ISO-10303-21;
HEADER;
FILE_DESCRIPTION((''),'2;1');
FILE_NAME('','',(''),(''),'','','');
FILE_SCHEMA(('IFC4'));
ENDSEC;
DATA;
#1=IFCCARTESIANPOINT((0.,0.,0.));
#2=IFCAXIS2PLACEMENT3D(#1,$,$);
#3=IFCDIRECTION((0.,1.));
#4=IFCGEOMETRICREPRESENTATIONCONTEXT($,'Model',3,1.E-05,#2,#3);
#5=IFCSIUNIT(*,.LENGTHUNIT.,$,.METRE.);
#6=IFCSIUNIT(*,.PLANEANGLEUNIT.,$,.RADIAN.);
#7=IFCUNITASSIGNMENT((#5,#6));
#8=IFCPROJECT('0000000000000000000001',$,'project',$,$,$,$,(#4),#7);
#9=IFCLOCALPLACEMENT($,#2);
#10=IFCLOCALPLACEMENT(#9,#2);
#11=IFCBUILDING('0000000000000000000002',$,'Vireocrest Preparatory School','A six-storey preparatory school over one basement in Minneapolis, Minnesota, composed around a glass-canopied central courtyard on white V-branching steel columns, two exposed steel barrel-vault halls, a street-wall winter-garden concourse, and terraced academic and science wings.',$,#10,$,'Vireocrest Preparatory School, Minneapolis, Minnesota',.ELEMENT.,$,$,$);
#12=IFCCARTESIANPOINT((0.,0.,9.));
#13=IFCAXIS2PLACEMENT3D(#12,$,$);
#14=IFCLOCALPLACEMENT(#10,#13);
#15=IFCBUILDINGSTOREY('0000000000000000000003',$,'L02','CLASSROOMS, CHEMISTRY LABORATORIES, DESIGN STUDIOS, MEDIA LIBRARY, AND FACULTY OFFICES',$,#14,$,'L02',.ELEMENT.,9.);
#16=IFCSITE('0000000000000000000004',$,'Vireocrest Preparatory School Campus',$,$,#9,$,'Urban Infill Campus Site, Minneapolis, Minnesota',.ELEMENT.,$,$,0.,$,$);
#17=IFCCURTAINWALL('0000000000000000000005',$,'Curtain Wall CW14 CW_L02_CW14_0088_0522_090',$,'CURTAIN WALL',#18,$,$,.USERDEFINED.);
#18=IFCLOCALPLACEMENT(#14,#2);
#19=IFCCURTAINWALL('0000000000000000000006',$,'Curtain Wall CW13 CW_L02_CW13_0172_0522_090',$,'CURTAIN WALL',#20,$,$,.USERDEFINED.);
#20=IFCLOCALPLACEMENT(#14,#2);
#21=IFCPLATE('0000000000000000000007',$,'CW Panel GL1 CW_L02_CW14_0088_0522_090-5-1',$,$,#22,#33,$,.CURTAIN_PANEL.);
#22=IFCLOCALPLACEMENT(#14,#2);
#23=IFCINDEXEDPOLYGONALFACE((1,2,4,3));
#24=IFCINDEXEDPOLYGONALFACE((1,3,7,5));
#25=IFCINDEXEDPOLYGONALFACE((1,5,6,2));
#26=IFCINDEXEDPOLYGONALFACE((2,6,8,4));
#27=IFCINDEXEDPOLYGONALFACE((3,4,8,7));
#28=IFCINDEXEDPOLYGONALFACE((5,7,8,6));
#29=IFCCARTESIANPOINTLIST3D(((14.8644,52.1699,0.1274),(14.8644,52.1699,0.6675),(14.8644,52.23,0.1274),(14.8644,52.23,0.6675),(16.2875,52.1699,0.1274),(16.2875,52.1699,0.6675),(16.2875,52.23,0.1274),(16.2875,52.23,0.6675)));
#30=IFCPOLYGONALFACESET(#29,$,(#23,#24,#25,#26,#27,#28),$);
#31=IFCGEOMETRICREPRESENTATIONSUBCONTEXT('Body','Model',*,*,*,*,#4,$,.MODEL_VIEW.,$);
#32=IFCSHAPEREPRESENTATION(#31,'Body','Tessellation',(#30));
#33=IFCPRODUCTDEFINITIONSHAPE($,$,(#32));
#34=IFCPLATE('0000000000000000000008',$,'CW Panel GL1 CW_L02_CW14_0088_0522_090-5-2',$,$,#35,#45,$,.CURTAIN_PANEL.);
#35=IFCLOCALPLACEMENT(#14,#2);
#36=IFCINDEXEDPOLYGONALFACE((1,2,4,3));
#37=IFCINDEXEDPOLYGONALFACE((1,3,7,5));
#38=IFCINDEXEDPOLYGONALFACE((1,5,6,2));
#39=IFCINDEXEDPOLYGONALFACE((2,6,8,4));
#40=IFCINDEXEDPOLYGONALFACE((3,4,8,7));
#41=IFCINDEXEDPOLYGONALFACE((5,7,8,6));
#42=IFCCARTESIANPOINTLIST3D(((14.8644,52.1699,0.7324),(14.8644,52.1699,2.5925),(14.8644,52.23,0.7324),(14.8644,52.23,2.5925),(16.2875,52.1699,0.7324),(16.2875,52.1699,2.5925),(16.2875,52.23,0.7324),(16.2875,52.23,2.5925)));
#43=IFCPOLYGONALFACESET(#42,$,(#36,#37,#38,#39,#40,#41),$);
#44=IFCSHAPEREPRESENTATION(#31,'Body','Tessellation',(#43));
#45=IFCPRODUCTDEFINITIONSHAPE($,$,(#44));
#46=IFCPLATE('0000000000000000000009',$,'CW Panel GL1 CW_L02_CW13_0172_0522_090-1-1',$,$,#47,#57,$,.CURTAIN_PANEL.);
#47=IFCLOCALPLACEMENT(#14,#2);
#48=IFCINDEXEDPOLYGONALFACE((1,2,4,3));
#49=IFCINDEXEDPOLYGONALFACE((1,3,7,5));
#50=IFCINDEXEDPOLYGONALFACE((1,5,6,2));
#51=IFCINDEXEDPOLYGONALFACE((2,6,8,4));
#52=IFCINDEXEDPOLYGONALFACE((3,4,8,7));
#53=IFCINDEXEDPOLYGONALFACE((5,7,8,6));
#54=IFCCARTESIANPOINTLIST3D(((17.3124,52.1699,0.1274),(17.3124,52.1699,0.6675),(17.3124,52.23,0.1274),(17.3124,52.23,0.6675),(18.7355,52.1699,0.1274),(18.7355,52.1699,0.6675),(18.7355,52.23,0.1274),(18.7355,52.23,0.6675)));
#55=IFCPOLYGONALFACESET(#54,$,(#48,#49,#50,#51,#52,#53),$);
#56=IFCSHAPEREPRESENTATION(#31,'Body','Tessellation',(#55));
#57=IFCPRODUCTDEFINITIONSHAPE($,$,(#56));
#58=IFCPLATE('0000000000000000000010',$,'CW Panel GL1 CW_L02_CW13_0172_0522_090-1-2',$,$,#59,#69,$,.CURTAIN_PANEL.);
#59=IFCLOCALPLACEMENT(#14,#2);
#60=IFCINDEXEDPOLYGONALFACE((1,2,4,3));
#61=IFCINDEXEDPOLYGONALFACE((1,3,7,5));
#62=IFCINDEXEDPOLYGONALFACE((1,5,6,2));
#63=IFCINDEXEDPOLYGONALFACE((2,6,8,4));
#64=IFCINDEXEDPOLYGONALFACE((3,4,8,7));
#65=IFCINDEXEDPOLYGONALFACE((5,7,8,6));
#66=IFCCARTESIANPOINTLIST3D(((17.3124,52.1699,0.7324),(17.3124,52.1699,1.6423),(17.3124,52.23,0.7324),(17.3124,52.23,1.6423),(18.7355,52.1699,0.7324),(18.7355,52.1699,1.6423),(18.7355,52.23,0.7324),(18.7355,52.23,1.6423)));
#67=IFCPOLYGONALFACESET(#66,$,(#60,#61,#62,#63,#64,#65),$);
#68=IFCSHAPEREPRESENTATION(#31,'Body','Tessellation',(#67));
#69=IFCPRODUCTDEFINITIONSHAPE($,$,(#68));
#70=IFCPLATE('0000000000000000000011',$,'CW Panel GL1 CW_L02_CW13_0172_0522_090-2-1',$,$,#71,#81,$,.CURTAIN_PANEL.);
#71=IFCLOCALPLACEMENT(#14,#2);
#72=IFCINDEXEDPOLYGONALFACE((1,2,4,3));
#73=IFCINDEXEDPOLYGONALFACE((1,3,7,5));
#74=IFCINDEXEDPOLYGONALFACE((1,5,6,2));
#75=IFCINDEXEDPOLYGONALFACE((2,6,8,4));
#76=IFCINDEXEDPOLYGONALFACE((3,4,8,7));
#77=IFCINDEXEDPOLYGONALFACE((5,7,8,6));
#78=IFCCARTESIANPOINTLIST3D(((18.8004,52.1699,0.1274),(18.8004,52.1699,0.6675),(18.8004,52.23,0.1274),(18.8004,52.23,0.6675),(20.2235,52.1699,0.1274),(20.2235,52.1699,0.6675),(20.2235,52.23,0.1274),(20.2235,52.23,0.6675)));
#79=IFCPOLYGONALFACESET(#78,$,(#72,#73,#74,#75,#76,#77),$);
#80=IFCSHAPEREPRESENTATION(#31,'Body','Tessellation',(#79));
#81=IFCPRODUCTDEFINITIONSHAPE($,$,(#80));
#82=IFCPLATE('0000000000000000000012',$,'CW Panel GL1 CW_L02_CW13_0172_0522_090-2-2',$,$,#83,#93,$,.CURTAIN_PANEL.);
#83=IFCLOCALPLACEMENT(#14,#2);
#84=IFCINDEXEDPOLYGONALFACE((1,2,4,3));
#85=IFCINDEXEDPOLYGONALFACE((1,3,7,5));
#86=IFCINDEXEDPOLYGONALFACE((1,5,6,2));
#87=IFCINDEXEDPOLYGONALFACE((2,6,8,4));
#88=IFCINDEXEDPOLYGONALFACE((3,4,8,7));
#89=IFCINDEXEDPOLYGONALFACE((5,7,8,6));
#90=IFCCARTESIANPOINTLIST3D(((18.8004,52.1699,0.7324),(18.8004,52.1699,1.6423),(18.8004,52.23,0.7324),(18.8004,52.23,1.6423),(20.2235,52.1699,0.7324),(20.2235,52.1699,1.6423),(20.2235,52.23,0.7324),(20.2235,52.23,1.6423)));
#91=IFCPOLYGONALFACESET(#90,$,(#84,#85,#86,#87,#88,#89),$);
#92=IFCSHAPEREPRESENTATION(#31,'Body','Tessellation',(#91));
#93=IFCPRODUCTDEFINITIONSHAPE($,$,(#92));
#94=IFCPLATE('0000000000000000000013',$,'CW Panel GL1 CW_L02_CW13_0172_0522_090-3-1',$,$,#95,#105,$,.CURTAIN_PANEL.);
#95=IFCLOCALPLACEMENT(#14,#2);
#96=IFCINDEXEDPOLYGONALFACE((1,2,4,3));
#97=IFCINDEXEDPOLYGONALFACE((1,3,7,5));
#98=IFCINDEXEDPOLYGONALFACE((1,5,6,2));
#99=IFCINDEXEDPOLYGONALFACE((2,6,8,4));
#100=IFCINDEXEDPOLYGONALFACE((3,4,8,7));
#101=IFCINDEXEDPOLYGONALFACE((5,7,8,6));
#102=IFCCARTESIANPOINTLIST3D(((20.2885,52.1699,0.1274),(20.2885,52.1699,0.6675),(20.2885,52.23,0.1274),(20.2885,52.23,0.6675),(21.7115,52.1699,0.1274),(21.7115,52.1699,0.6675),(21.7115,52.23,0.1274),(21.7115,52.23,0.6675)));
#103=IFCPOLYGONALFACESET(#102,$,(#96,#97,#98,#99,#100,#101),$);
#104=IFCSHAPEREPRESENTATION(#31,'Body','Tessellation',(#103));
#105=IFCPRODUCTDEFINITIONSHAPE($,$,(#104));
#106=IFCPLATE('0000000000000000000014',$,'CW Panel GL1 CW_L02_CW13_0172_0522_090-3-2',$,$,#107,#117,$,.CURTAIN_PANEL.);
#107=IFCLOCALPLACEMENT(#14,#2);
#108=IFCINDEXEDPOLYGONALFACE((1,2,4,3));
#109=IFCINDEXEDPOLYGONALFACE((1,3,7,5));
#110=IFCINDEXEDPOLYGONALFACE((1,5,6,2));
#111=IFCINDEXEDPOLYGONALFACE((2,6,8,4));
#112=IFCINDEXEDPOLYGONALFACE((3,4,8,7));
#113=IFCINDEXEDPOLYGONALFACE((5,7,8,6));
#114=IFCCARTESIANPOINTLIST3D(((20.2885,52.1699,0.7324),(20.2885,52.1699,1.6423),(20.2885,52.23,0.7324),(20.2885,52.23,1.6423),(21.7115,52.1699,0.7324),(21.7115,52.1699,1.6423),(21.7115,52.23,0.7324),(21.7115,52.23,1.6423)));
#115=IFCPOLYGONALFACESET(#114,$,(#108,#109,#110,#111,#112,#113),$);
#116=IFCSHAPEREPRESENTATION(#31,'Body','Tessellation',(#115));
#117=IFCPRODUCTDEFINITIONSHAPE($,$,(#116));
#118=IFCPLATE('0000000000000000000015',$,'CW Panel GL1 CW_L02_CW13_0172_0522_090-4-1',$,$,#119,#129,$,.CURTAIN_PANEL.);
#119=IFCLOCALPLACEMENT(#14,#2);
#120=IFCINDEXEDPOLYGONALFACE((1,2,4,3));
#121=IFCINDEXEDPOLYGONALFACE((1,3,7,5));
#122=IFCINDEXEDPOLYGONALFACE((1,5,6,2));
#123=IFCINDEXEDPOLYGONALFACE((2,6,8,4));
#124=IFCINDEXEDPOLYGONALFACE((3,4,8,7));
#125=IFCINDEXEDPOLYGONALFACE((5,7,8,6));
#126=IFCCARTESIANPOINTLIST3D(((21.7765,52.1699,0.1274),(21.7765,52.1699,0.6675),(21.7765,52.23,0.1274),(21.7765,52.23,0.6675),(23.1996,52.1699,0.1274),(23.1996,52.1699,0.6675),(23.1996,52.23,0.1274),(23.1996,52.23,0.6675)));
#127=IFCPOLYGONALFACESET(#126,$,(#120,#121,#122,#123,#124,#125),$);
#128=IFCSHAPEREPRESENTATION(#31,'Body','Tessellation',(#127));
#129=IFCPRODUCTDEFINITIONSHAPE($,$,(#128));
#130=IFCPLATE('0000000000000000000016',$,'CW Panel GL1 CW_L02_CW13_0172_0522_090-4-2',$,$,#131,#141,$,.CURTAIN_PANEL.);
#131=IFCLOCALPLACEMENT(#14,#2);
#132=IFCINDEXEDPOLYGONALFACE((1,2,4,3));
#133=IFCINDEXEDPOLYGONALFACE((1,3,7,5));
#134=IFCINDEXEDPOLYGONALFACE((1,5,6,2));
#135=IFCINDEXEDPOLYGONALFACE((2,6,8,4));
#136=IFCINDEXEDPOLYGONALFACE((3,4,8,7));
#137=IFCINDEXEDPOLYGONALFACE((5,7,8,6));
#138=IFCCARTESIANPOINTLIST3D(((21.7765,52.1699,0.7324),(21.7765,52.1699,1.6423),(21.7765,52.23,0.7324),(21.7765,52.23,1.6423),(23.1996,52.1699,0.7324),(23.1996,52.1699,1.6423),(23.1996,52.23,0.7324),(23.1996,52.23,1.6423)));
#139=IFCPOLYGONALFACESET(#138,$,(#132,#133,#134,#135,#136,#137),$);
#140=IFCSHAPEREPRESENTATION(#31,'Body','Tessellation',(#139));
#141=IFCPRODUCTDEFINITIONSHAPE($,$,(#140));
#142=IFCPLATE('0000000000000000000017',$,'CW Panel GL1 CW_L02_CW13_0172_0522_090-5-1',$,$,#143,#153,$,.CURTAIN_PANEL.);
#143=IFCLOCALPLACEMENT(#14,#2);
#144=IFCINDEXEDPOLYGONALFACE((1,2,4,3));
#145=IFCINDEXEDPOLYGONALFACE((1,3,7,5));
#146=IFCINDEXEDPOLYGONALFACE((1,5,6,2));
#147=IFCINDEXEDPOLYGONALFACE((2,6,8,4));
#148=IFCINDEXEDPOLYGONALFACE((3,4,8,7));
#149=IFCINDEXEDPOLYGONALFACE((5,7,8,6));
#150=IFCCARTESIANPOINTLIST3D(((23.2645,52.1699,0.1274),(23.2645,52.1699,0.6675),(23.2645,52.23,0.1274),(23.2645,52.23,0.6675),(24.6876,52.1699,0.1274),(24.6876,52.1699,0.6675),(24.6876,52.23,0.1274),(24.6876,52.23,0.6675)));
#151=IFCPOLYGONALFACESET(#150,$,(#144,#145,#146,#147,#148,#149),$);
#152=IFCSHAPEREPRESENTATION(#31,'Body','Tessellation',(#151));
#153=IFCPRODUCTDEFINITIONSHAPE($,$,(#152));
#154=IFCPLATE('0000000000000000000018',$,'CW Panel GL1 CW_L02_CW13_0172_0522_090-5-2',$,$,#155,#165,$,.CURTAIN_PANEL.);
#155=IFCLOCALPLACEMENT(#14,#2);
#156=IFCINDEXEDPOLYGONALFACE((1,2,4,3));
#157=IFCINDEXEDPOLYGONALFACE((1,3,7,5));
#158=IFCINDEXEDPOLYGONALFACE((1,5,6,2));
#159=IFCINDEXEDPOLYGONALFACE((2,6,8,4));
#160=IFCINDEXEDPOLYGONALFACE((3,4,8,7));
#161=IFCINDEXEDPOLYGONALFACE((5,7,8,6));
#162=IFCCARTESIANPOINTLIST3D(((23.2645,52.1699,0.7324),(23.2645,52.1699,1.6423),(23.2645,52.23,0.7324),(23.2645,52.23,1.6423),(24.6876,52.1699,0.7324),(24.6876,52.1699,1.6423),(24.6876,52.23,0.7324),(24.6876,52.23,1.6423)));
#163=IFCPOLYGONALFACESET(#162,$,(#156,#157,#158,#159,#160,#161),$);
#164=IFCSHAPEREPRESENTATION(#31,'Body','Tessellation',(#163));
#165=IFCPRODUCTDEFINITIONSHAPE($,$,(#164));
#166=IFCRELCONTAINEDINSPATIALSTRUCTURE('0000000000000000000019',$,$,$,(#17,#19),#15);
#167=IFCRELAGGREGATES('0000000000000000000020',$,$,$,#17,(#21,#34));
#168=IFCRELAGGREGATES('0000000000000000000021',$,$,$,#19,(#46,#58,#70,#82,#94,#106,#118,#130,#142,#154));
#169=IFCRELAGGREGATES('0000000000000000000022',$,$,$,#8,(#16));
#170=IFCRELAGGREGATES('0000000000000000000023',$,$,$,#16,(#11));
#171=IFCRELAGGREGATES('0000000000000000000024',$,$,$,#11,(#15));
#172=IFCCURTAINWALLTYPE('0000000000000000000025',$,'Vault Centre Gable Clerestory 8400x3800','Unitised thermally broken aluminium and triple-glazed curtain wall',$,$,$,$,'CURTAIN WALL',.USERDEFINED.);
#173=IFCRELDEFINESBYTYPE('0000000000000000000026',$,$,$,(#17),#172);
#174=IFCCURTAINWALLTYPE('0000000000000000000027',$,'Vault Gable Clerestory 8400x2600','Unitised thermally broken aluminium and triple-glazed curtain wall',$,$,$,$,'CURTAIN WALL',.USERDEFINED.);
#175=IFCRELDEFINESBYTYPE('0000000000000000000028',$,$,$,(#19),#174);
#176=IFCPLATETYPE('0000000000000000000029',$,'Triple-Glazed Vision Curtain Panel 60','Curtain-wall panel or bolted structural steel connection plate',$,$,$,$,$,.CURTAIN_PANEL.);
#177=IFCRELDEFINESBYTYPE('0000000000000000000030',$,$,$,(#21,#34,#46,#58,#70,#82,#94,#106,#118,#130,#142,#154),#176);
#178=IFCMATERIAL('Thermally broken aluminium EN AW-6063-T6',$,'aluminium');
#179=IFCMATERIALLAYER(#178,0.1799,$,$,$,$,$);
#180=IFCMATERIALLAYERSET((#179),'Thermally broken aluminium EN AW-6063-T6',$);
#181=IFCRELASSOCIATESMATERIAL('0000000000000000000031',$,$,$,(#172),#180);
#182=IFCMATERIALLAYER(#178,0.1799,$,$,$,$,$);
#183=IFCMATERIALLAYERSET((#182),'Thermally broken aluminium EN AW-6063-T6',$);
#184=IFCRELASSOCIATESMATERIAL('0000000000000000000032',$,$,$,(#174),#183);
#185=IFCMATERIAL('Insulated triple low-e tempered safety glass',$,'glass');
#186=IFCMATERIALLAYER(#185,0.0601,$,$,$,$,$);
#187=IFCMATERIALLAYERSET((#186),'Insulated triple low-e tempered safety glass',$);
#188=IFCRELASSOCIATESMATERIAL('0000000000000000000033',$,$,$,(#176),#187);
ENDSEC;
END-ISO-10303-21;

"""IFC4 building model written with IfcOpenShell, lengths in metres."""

from ifc_helpers import new_model, si_unit, direction, frame, origin, origin_2d, place, context, subcontext, project, spatial, rectangle, extrude, material, layer, layer_set, type_object, element, aggregate, save


model = new_model("IFC4")

# Units and contexts
model_context = context("Model", 3, precision=1e-05, world=origin(), true_north=direction((0.0, 1.0)))
body_context = subcontext(model_context, "Body", "Model", "MODEL_VIEW")
ifc_project = project(units=[si_unit("LENGTHUNIT", "METRE"), si_unit("PLANEANGLEUNIT", "RADIAN")], contexts=[model_context])

# Site, building, storey
site_placement = place(None, origin())
site = spatial("IfcSite", under=ifc_project, at=site_placement, Name="Vireocrest Preparatory School Campus", LongName="Urban Infill Campus Site, Minneapolis, Minnesota", CompositionType="ELEMENT", RefElevation=0.0)
building_placement = place(site_placement, origin())
building = spatial("IfcBuilding", under=site, at=building_placement, Name="Vireocrest Preparatory School", Description="A six-storey preparatory school over one basement in Minneapolis, Minnesota, composed around a glass-canopied central courtyard on white V-branching steel columns, two exposed steel barrel-vault halls, a street-wall winter-garden concourse, and terraced academic and science wings.", LongName="Vireocrest Preparatory School, Minneapolis, Minnesota", CompositionType="ELEMENT")
storey_placement = place(building_placement, frame((0.0, 0.0, 9.0)))
storey = spatial("IfcBuildingStorey", under=building, at=storey_placement, Name="L02", Description="CLASSROOMS, CHEMISTRY LABORATORIES, DESIGN STUDIOS, MEDIA LIBRARY, AND FACULTY OFFICES", LongName="L02", CompositionType="ELEMENT", Elevation=9.0)

# Curtain walls
ifc_material_1 = material(Name="Thermally broken aluminium EN AW-6063-T6", Category="aluminium")
ifc_layer_1 = layer(ifc_material_1, 0.1799)
ifc_layer_set_1 = layer_set([ifc_layer_1], Name="Thermally broken aluminium EN AW-6063-T6")
curtain_wall_type_1 = type_object("IfcCurtainWallType", Name="Vault Centre Gable Clerestory 8400x3800", Description="Unitised thermally broken aluminium and triple-glazed curtain wall", ElementType="CURTAIN WALL", PredefinedType="USERDEFINED", material=ifc_layer_set_1)
curtain_wall_1_placement = place(storey_placement, origin())
curtain_wall_1 = element("IfcCurtainWall", 1, at=curtain_wall_1_placement, inside=storey, type_object=curtain_wall_type_1, Name="Curtain Wall CW14 CW_L02_CW14_0088_0522_090", ObjectType="CURTAIN WALL", PredefinedType="USERDEFINED")
ifc_layer_2 = layer(ifc_material_1, 0.1799)
ifc_layer_set_2 = layer_set([ifc_layer_2], Name="Thermally broken aluminium EN AW-6063-T6")
curtain_wall_type_2 = type_object("IfcCurtainWallType", Name="Vault Gable Clerestory 8400x2600", Description="Unitised thermally broken aluminium and triple-glazed curtain wall", ElementType="CURTAIN WALL", PredefinedType="USERDEFINED", material=ifc_layer_set_2)
curtain_wall_2_placement = place(storey_placement, origin())
curtain_wall_2 = element("IfcCurtainWall", 2, at=curtain_wall_2_placement, inside=storey, type_object=curtain_wall_type_2, Name="Curtain Wall CW13 CW_L02_CW13_0172_0522_090", ObjectType="CURTAIN WALL", PredefinedType="USERDEFINED")

# Plates
ifc_material_2 = material(Name="Insulated triple low-e tempered safety glass", Category="glass")
ifc_layer_3 = layer(ifc_material_2, 0.0601)
ifc_layer_set_3 = layer_set([ifc_layer_3], Name="Insulated triple low-e tempered safety glass")
plate_type_1 = type_object("IfcPlateType", Name="Triple-Glazed Vision Curtain Panel 60", Description="Curtain-wall panel or bolted structural steel connection plate", PredefinedType="CURTAIN_PANEL", material=ifc_layer_set_3)
plate_1_placement = place(storey_placement, frame((15.5759, 52.2, 0.1274), z_axis=(0.0, 0.0, 1.0), x_axis=(1.0, 0.0, 0.0)))
plate_1 = element("IfcPlate", 3, at=plate_1_placement, type_object=plate_type_1, Name="CW Panel GL1 CW_L02_CW14_0088_0522_090-5-1", PredefinedType="CURTAIN_PANEL", context=body_context, shape_type="SweptSolid", body=[
    extrude(rectangle(XDim=1.4231, YDim=0.0601, at=origin_2d()), origin(), (0.0, 0.0, 1.0), 0.54),
])
plate_2_placement = place(storey_placement, frame((15.5759, 52.2, 0.7324), z_axis=(0.0, 0.0, 1.0), x_axis=(1.0, 0.0, 0.0)))
plate_2 = element("IfcPlate", 4, at=plate_2_placement, type_object=plate_type_1, Name="CW Panel GL1 CW_L02_CW14_0088_0522_090-5-2", PredefinedType="CURTAIN_PANEL", context=body_context, shape_type="SweptSolid", body=[
    extrude(rectangle(XDim=1.4231, YDim=0.0601, at=origin_2d()), origin(), (0.0, 0.0, 1.0), 1.8601),
])
aggregate(curtain_wall_1, [plate_1, plate_2])
plate_3_placement = place(storey_placement, frame((18.0239, 52.2, 0.1274), z_axis=(0.0, 0.0, 1.0), x_axis=(1.0, 0.0, 0.0)))
plate_3 = element("IfcPlate", 5, at=plate_3_placement, type_object=plate_type_1, Name="CW Panel GL1 CW_L02_CW13_0172_0522_090-1-1", PredefinedType="CURTAIN_PANEL", context=body_context, shape_type="SweptSolid", body=[
    extrude(rectangle(XDim=1.4231, YDim=0.0601, at=origin_2d()), origin(), (0.0, 0.0, 1.0), 0.54),
])
plate_4_placement = place(storey_placement, frame((18.0239, 52.2, 0.7324), z_axis=(0.0, 0.0, 1.0), x_axis=(1.0, 0.0, 0.0)))
plate_4 = element("IfcPlate", 6, at=plate_4_placement, type_object=plate_type_1, Name="CW Panel GL1 CW_L02_CW13_0172_0522_090-1-2", PredefinedType="CURTAIN_PANEL", context=body_context, shape_type="SweptSolid", body=[
    extrude(rectangle(XDim=1.4231, YDim=0.0601, at=origin_2d()), origin(), (0.0, 0.0, 1.0), 0.9099),
])
plate_5_placement = place(storey_placement, frame((19.512, 52.2, 0.1274), z_axis=(0.0, 0.0, 1.0), x_axis=(1.0, 0.0, 0.0)))
plate_5 = element("IfcPlate", 7, at=plate_5_placement, type_object=plate_type_1, Name="CW Panel GL1 CW_L02_CW13_0172_0522_090-2-1", PredefinedType="CURTAIN_PANEL", context=body_context, shape_type="SweptSolid", body=[
    extrude(rectangle(XDim=1.4231, YDim=0.0601, at=origin_2d()), origin(), (0.0, 0.0, 1.0), 0.54),
])
plate_6_placement = place(storey_placement, frame((19.512, 52.2, 0.7324), z_axis=(0.0, 0.0, 1.0), x_axis=(1.0, 0.0, 0.0)))
plate_6 = element("IfcPlate", 8, at=plate_6_placement, type_object=plate_type_1, Name="CW Panel GL1 CW_L02_CW13_0172_0522_090-2-2", PredefinedType="CURTAIN_PANEL", context=body_context, shape_type="SweptSolid", body=[
    extrude(rectangle(XDim=1.4231, YDim=0.0601, at=origin_2d()), origin(), (0.0, 0.0, 1.0), 0.9099),
])
plate_7_placement = place(storey_placement, frame((21.0, 52.2, 0.1274), z_axis=(0.0, 0.0, 1.0), x_axis=(1.0, 0.0, 0.0)))
plate_7 = element("IfcPlate", 9, at=plate_7_placement, type_object=plate_type_1, Name="CW Panel GL1 CW_L02_CW13_0172_0522_090-3-1", PredefinedType="CURTAIN_PANEL", context=body_context, shape_type="SweptSolid", body=[
    extrude(rectangle(XDim=1.4231, YDim=0.0601, at=origin_2d()), origin(), (0.0, 0.0, 1.0), 0.54),
])
plate_8_placement = place(storey_placement, frame((21.0, 52.2, 0.7324), z_axis=(0.0, 0.0, 1.0), x_axis=(1.0, 0.0, 0.0)))
plate_8 = element("IfcPlate", 10, at=plate_8_placement, type_object=plate_type_1, Name="CW Panel GL1 CW_L02_CW13_0172_0522_090-3-2", PredefinedType="CURTAIN_PANEL", context=body_context, shape_type="SweptSolid", body=[
    extrude(rectangle(XDim=1.4231, YDim=0.0601, at=origin_2d()), origin(), (0.0, 0.0, 1.0), 0.9099),
])
plate_9_placement = place(storey_placement, frame((22.488, 52.2, 0.1274), z_axis=(0.0, 0.0, 1.0), x_axis=(1.0, 0.0, 0.0)))
plate_9 = element("IfcPlate", 11, at=plate_9_placement, type_object=plate_type_1, Name="CW Panel GL1 CW_L02_CW13_0172_0522_090-4-1", PredefinedType="CURTAIN_PANEL", context=body_context, shape_type="SweptSolid", body=[
    extrude(rectangle(XDim=1.4231, YDim=0.0601, at=origin_2d()), origin(), (0.0, 0.0, 1.0), 0.54),
])
plate_10_placement = place(storey_placement, frame((22.488, 52.2, 0.7324), z_axis=(0.0, 0.0, 1.0), x_axis=(1.0, 0.0, 0.0)))
plate_10 = element("IfcPlate", 12, at=plate_10_placement, type_object=plate_type_1, Name="CW Panel GL1 CW_L02_CW13_0172_0522_090-4-2", PredefinedType="CURTAIN_PANEL", context=body_context, shape_type="SweptSolid", body=[
    extrude(rectangle(XDim=1.4231, YDim=0.0601, at=origin_2d()), origin(), (0.0, 0.0, 1.0), 0.9099),
])
plate_11_placement = place(storey_placement, frame((23.9761, 52.2, 0.1274), z_axis=(0.0, 0.0, 1.0), x_axis=(1.0, 0.0, 0.0)))
plate_11 = element("IfcPlate", 13, at=plate_11_placement, type_object=plate_type_1, Name="CW Panel GL1 CW_L02_CW13_0172_0522_090-5-1", PredefinedType="CURTAIN_PANEL", context=body_context, shape_type="SweptSolid", body=[
    extrude(rectangle(XDim=1.4231, YDim=0.0601, at=origin_2d()), origin(), (0.0, 0.0, 1.0), 0.54),
])
plate_12_placement = place(storey_placement, frame((23.9761, 52.2, 0.7324), z_axis=(0.0, 0.0, 1.0), x_axis=(1.0, 0.0, 0.0)))
plate_12 = element("IfcPlate", 14, at=plate_12_placement, type_object=plate_type_1, Name="CW Panel GL1 CW_L02_CW13_0172_0522_090-5-2", PredefinedType="CURTAIN_PANEL", context=body_context, shape_type="SweptSolid", body=[
    extrude(rectangle(XDim=1.4231, YDim=0.0601, at=origin_2d()), origin(), (0.0, 0.0, 1.0), 0.9099),
])
aggregate(curtain_wall_2, [plate_3, plate_4, plate_5, plate_6, plate_7, plate_8, plate_9, plate_10, plate_11, plate_12])

save(model, "model.ifc")
